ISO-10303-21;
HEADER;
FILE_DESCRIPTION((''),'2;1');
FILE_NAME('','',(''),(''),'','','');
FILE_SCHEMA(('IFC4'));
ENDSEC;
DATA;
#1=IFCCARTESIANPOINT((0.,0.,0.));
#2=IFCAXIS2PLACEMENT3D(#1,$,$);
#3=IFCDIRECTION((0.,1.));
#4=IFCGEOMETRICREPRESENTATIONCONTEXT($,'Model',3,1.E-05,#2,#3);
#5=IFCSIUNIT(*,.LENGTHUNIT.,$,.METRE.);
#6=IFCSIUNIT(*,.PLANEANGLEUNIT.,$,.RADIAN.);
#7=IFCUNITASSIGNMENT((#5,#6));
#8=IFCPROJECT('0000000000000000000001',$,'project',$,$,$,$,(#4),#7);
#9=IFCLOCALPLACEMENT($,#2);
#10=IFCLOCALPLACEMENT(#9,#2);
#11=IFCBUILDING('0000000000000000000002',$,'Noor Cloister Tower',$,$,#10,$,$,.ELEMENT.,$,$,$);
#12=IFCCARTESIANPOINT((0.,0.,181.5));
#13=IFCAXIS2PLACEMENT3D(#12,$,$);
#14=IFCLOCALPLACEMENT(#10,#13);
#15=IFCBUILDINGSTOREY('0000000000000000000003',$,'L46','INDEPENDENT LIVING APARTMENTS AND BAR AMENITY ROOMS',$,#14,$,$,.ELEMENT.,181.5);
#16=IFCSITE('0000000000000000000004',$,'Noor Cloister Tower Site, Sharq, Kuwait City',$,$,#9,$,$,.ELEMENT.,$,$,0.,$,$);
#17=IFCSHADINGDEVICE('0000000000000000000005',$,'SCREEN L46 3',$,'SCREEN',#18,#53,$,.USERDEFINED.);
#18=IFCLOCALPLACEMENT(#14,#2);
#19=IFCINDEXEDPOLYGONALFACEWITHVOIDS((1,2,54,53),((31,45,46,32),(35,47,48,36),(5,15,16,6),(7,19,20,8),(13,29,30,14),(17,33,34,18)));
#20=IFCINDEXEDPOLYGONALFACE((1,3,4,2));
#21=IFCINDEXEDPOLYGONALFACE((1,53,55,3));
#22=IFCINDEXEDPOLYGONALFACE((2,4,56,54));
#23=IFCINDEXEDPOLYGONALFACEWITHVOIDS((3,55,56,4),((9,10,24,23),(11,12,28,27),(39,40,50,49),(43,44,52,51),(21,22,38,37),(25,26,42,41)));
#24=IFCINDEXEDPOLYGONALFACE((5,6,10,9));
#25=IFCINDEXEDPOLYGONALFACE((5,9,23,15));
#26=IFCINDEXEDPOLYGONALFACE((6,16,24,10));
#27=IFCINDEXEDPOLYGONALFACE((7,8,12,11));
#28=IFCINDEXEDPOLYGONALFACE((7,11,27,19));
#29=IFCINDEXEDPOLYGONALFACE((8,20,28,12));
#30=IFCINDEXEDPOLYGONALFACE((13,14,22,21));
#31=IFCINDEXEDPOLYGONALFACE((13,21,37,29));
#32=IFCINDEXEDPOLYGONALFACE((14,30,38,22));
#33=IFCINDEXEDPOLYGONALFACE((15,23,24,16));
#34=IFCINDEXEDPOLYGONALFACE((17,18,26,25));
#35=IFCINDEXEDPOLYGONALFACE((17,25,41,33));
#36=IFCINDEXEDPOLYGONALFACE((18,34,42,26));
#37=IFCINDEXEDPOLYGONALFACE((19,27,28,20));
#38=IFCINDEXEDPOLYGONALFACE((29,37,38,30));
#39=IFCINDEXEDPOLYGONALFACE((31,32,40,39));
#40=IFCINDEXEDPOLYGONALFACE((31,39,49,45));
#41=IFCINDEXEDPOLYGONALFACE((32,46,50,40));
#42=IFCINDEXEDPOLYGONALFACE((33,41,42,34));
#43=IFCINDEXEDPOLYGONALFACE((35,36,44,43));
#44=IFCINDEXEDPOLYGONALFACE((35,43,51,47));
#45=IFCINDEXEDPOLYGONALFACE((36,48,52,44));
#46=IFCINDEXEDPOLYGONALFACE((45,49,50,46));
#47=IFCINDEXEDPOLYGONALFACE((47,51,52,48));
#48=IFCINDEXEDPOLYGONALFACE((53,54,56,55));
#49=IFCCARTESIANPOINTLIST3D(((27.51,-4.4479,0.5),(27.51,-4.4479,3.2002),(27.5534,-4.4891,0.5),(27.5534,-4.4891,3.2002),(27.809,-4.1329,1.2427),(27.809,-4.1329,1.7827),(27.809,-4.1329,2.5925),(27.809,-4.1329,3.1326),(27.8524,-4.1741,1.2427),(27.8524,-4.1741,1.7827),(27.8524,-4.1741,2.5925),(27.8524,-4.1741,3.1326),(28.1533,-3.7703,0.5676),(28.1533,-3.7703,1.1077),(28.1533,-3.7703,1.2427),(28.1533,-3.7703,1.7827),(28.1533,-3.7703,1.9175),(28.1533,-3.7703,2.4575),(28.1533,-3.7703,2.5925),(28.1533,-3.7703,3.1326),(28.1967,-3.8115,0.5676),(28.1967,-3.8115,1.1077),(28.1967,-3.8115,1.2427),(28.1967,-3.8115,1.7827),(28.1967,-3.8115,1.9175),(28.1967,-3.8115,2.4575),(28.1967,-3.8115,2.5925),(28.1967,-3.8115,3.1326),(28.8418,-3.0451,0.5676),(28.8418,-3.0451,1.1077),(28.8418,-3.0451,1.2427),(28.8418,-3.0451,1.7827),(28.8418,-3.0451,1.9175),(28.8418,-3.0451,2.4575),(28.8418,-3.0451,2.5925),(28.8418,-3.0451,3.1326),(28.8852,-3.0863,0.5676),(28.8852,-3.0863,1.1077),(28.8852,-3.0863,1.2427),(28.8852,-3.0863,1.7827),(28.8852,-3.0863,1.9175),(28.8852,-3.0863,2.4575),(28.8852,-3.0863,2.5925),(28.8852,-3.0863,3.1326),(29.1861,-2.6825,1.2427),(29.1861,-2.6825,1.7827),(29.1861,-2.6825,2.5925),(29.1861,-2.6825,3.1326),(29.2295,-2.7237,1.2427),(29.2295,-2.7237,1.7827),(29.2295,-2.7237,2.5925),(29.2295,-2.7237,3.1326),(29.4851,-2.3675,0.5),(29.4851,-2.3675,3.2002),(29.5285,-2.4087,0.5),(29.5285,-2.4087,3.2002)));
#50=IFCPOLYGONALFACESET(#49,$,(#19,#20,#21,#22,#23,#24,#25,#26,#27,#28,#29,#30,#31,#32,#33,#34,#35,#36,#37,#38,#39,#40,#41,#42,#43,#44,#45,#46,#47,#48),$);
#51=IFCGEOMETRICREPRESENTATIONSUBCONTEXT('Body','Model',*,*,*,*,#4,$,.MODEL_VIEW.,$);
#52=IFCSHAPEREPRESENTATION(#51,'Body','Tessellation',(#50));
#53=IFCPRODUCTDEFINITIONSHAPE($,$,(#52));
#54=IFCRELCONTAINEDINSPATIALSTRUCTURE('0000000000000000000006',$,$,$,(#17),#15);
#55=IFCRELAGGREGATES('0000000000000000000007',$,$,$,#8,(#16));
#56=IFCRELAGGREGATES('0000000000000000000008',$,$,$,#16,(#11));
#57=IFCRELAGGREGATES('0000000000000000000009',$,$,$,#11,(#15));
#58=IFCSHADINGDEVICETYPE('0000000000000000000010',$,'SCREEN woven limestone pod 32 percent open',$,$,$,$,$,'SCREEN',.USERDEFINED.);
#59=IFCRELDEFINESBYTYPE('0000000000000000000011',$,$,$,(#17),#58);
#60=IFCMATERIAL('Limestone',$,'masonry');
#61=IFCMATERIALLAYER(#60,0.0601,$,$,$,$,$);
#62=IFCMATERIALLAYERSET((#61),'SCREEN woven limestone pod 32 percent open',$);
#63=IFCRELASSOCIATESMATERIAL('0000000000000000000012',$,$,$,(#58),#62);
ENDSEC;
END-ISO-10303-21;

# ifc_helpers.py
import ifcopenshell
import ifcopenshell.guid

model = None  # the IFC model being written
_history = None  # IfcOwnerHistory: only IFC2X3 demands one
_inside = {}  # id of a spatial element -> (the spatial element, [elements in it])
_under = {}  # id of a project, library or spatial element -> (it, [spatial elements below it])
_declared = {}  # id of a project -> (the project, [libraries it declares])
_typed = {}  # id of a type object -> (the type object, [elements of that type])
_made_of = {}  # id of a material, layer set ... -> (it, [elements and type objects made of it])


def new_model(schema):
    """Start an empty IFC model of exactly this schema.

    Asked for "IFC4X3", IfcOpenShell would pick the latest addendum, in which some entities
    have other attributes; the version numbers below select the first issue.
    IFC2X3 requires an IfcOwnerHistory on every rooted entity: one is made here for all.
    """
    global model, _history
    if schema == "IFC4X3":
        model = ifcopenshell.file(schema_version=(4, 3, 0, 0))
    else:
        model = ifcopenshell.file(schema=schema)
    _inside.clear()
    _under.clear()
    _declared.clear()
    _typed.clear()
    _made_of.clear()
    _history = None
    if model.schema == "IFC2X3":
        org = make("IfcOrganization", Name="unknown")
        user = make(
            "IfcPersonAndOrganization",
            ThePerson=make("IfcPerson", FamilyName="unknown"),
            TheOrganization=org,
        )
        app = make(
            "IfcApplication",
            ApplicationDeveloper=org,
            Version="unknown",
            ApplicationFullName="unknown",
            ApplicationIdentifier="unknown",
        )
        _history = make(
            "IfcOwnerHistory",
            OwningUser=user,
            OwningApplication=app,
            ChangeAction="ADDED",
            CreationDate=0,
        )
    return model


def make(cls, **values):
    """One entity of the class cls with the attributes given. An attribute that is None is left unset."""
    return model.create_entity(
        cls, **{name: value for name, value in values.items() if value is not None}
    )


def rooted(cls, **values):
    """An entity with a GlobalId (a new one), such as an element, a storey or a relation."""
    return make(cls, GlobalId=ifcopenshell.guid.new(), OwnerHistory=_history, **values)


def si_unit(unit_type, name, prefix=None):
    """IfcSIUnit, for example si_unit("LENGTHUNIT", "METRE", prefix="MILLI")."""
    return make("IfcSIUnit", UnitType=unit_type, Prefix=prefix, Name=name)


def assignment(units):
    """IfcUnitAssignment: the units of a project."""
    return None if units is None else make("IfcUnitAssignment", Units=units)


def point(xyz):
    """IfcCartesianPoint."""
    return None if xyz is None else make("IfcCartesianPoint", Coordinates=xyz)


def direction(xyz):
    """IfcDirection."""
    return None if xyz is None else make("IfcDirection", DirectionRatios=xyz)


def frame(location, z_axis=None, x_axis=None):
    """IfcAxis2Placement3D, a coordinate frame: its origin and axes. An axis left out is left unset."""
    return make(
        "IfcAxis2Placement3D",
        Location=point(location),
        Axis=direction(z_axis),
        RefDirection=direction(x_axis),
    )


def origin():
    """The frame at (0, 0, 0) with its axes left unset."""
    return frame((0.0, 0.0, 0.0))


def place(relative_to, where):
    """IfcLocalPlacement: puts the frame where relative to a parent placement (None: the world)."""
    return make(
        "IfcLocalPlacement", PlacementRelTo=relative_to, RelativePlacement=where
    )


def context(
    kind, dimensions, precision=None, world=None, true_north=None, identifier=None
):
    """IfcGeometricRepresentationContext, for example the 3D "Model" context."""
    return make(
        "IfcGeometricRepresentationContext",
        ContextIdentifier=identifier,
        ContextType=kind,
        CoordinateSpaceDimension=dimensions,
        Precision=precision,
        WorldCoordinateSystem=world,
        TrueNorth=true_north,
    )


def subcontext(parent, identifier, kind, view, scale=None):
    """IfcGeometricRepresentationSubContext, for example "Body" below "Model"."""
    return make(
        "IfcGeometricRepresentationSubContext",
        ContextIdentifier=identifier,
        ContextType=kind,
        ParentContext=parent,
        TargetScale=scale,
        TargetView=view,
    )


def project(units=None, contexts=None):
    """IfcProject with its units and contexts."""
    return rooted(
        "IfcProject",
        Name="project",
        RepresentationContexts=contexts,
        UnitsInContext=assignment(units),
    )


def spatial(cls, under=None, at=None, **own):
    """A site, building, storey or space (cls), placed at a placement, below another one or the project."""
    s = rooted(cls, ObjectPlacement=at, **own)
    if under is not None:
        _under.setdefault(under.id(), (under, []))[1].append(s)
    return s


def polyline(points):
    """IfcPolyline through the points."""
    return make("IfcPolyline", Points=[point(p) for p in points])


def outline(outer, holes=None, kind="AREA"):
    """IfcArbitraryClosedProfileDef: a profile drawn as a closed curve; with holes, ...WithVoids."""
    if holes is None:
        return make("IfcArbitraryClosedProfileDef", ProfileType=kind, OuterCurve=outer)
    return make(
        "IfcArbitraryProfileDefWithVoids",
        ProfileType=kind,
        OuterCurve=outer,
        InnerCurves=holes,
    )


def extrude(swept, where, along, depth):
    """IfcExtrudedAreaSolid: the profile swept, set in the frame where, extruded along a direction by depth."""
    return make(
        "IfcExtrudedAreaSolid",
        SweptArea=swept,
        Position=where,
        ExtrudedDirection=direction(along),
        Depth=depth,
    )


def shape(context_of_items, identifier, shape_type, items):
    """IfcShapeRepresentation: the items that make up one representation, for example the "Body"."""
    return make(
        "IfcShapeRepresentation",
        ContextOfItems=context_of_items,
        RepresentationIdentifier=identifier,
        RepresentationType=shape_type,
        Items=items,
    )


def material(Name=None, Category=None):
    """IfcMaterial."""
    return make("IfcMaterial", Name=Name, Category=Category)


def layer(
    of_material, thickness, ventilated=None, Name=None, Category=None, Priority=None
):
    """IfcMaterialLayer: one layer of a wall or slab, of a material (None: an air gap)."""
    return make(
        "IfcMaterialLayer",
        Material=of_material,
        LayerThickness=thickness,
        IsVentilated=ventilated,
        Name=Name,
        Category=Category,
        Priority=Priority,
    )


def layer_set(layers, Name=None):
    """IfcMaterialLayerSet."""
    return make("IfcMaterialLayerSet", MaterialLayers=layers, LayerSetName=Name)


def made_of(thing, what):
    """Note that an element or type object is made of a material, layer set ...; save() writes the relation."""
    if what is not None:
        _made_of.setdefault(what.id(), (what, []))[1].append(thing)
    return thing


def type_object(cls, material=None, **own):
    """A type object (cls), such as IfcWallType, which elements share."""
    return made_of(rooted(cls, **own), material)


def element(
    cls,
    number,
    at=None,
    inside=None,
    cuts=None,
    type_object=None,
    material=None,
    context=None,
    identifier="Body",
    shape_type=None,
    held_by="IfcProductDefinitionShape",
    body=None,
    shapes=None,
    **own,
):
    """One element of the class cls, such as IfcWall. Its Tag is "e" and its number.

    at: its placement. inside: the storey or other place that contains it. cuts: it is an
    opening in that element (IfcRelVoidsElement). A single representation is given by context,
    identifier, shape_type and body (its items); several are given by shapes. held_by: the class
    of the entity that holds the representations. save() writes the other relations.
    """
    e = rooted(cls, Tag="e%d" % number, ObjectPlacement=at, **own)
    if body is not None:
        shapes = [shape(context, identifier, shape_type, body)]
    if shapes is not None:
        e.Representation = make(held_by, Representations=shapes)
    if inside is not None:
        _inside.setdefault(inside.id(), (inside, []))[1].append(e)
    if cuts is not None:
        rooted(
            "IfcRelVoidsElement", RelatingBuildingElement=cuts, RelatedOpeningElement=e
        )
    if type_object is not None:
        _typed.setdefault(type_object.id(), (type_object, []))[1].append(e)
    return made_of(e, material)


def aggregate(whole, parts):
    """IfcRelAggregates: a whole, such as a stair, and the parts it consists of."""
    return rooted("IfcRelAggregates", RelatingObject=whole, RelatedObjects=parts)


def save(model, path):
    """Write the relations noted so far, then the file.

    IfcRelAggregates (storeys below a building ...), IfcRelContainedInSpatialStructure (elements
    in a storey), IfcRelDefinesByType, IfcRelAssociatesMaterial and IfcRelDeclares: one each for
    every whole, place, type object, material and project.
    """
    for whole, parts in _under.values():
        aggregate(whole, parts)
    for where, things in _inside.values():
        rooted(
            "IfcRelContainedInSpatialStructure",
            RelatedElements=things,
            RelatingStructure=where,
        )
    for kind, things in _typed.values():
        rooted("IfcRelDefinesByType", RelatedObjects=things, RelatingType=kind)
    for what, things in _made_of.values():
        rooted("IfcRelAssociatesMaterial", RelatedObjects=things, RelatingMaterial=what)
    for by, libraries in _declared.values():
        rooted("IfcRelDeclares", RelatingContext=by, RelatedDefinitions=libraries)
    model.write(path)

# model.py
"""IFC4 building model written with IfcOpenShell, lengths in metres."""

from ifc_helpers import new_model, si_unit, direction, frame, origin, place, context, subcontext, project, spatial, polyline, outline, extrude, material, layer, layer_set, type_object, element, save


model = new_model("IFC4")

# Units and contexts
model_context = context("Model", 3, precision=1e-05, world=origin(), true_north=direction((0.0, 1.0)))
body_context = subcontext(model_context, "Body", "Model", "MODEL_VIEW")
ifc_project = project(units=[si_unit("LENGTHUNIT", "METRE"), si_unit("PLANEANGLEUNIT", "RADIAN")], contexts=[model_context])

# Site, building, storey
site_placement = place(None, origin())
site = spatial("IfcSite", under=ifc_project, at=site_placement, Name="Noor Cloister Tower Site, Sharq, Kuwait City", CompositionType="ELEMENT", RefElevation=0.0)
building_placement = place(site_placement, origin())
building = spatial("IfcBuilding", under=site, at=building_placement, Name="Noor Cloister Tower", CompositionType="ELEMENT")
storey_placement = place(building_placement, frame((0.0, 0.0, 181.5)))
storey = spatial("IfcBuildingStorey", under=building, at=storey_placement, Name="L46", Description="INDEPENDENT LIVING APARTMENTS AND BAR AMENITY ROOMS", CompositionType="ELEMENT", Elevation=181.5)

# Shading device
ifc_material_1 = material(Name="Limestone", Category="masonry")
ifc_layer_1 = layer(ifc_material_1, 0.0601)
ifc_layer_set_1 = layer_set([ifc_layer_1], Name="SCREEN woven limestone pod 32 percent open")
shading_device_type = type_object("IfcShadingDeviceType", Name="SCREEN woven limestone pod 32 percent open", ElementType="SCREEN", PredefinedType="USERDEFINED", material=ifc_layer_set_1)
shading_device_1_placement = place(storey_placement, frame((28.4976, -3.4077, 1.8501), z_axis=(0.725203, -0.688535, 0.0), x_axis=(0.688535, 0.725203, 0.0)))
element("IfcShadingDevice", 1, at=shading_device_1_placement, inside=storey, type_object=shading_device_type, Name="SCREEN L46 3", ObjectType="SCREEN", PredefinedType="USERDEFINED", context=body_context, shape_type="SweptSolid", body=[
    extrude(outline(polyline([(-1.4343, -1.3501), (1.4343, -1.3501), (1.4343, 1.3501), (-1.4343, 1.3501), (-1.4343, -1.3501)]), holes=[polyline([(-0.5, -1.2825), (0.5, -1.2825), (0.5, -0.7424), (-0.5, -0.7424), (-0.5, -1.2825)]), polyline([(-1.0, -0.6074), (-0.5, -0.6074), (-0.5, -0.0674), (-1.0, -0.0674), (-1.0, -0.6074)]), polyline([(0.5, -0.6074), (1.0, -0.6074), (1.0, -0.0674), (0.5, -0.0674), (0.5, -0.6074)]), polyline([(-0.5, 0.0674), (0.5, 0.0674), (0.5, 0.6074), (-0.5, 0.6074), (-0.5, 0.0674)]), polyline([(-1.0, 0.7424), (-0.5, 0.7424), (-0.5, 1.2825), (-1.0, 1.2825), (-1.0, 0.7424)]), polyline([(0.5, 0.7424), (1.0, 0.7424), (1.0, 1.2825), (0.5, 1.2825), (0.5, 0.7424)])]), origin(), (0.0, 0.0, 1.0), 0.0598),
])

save(model, "model.ifc")
